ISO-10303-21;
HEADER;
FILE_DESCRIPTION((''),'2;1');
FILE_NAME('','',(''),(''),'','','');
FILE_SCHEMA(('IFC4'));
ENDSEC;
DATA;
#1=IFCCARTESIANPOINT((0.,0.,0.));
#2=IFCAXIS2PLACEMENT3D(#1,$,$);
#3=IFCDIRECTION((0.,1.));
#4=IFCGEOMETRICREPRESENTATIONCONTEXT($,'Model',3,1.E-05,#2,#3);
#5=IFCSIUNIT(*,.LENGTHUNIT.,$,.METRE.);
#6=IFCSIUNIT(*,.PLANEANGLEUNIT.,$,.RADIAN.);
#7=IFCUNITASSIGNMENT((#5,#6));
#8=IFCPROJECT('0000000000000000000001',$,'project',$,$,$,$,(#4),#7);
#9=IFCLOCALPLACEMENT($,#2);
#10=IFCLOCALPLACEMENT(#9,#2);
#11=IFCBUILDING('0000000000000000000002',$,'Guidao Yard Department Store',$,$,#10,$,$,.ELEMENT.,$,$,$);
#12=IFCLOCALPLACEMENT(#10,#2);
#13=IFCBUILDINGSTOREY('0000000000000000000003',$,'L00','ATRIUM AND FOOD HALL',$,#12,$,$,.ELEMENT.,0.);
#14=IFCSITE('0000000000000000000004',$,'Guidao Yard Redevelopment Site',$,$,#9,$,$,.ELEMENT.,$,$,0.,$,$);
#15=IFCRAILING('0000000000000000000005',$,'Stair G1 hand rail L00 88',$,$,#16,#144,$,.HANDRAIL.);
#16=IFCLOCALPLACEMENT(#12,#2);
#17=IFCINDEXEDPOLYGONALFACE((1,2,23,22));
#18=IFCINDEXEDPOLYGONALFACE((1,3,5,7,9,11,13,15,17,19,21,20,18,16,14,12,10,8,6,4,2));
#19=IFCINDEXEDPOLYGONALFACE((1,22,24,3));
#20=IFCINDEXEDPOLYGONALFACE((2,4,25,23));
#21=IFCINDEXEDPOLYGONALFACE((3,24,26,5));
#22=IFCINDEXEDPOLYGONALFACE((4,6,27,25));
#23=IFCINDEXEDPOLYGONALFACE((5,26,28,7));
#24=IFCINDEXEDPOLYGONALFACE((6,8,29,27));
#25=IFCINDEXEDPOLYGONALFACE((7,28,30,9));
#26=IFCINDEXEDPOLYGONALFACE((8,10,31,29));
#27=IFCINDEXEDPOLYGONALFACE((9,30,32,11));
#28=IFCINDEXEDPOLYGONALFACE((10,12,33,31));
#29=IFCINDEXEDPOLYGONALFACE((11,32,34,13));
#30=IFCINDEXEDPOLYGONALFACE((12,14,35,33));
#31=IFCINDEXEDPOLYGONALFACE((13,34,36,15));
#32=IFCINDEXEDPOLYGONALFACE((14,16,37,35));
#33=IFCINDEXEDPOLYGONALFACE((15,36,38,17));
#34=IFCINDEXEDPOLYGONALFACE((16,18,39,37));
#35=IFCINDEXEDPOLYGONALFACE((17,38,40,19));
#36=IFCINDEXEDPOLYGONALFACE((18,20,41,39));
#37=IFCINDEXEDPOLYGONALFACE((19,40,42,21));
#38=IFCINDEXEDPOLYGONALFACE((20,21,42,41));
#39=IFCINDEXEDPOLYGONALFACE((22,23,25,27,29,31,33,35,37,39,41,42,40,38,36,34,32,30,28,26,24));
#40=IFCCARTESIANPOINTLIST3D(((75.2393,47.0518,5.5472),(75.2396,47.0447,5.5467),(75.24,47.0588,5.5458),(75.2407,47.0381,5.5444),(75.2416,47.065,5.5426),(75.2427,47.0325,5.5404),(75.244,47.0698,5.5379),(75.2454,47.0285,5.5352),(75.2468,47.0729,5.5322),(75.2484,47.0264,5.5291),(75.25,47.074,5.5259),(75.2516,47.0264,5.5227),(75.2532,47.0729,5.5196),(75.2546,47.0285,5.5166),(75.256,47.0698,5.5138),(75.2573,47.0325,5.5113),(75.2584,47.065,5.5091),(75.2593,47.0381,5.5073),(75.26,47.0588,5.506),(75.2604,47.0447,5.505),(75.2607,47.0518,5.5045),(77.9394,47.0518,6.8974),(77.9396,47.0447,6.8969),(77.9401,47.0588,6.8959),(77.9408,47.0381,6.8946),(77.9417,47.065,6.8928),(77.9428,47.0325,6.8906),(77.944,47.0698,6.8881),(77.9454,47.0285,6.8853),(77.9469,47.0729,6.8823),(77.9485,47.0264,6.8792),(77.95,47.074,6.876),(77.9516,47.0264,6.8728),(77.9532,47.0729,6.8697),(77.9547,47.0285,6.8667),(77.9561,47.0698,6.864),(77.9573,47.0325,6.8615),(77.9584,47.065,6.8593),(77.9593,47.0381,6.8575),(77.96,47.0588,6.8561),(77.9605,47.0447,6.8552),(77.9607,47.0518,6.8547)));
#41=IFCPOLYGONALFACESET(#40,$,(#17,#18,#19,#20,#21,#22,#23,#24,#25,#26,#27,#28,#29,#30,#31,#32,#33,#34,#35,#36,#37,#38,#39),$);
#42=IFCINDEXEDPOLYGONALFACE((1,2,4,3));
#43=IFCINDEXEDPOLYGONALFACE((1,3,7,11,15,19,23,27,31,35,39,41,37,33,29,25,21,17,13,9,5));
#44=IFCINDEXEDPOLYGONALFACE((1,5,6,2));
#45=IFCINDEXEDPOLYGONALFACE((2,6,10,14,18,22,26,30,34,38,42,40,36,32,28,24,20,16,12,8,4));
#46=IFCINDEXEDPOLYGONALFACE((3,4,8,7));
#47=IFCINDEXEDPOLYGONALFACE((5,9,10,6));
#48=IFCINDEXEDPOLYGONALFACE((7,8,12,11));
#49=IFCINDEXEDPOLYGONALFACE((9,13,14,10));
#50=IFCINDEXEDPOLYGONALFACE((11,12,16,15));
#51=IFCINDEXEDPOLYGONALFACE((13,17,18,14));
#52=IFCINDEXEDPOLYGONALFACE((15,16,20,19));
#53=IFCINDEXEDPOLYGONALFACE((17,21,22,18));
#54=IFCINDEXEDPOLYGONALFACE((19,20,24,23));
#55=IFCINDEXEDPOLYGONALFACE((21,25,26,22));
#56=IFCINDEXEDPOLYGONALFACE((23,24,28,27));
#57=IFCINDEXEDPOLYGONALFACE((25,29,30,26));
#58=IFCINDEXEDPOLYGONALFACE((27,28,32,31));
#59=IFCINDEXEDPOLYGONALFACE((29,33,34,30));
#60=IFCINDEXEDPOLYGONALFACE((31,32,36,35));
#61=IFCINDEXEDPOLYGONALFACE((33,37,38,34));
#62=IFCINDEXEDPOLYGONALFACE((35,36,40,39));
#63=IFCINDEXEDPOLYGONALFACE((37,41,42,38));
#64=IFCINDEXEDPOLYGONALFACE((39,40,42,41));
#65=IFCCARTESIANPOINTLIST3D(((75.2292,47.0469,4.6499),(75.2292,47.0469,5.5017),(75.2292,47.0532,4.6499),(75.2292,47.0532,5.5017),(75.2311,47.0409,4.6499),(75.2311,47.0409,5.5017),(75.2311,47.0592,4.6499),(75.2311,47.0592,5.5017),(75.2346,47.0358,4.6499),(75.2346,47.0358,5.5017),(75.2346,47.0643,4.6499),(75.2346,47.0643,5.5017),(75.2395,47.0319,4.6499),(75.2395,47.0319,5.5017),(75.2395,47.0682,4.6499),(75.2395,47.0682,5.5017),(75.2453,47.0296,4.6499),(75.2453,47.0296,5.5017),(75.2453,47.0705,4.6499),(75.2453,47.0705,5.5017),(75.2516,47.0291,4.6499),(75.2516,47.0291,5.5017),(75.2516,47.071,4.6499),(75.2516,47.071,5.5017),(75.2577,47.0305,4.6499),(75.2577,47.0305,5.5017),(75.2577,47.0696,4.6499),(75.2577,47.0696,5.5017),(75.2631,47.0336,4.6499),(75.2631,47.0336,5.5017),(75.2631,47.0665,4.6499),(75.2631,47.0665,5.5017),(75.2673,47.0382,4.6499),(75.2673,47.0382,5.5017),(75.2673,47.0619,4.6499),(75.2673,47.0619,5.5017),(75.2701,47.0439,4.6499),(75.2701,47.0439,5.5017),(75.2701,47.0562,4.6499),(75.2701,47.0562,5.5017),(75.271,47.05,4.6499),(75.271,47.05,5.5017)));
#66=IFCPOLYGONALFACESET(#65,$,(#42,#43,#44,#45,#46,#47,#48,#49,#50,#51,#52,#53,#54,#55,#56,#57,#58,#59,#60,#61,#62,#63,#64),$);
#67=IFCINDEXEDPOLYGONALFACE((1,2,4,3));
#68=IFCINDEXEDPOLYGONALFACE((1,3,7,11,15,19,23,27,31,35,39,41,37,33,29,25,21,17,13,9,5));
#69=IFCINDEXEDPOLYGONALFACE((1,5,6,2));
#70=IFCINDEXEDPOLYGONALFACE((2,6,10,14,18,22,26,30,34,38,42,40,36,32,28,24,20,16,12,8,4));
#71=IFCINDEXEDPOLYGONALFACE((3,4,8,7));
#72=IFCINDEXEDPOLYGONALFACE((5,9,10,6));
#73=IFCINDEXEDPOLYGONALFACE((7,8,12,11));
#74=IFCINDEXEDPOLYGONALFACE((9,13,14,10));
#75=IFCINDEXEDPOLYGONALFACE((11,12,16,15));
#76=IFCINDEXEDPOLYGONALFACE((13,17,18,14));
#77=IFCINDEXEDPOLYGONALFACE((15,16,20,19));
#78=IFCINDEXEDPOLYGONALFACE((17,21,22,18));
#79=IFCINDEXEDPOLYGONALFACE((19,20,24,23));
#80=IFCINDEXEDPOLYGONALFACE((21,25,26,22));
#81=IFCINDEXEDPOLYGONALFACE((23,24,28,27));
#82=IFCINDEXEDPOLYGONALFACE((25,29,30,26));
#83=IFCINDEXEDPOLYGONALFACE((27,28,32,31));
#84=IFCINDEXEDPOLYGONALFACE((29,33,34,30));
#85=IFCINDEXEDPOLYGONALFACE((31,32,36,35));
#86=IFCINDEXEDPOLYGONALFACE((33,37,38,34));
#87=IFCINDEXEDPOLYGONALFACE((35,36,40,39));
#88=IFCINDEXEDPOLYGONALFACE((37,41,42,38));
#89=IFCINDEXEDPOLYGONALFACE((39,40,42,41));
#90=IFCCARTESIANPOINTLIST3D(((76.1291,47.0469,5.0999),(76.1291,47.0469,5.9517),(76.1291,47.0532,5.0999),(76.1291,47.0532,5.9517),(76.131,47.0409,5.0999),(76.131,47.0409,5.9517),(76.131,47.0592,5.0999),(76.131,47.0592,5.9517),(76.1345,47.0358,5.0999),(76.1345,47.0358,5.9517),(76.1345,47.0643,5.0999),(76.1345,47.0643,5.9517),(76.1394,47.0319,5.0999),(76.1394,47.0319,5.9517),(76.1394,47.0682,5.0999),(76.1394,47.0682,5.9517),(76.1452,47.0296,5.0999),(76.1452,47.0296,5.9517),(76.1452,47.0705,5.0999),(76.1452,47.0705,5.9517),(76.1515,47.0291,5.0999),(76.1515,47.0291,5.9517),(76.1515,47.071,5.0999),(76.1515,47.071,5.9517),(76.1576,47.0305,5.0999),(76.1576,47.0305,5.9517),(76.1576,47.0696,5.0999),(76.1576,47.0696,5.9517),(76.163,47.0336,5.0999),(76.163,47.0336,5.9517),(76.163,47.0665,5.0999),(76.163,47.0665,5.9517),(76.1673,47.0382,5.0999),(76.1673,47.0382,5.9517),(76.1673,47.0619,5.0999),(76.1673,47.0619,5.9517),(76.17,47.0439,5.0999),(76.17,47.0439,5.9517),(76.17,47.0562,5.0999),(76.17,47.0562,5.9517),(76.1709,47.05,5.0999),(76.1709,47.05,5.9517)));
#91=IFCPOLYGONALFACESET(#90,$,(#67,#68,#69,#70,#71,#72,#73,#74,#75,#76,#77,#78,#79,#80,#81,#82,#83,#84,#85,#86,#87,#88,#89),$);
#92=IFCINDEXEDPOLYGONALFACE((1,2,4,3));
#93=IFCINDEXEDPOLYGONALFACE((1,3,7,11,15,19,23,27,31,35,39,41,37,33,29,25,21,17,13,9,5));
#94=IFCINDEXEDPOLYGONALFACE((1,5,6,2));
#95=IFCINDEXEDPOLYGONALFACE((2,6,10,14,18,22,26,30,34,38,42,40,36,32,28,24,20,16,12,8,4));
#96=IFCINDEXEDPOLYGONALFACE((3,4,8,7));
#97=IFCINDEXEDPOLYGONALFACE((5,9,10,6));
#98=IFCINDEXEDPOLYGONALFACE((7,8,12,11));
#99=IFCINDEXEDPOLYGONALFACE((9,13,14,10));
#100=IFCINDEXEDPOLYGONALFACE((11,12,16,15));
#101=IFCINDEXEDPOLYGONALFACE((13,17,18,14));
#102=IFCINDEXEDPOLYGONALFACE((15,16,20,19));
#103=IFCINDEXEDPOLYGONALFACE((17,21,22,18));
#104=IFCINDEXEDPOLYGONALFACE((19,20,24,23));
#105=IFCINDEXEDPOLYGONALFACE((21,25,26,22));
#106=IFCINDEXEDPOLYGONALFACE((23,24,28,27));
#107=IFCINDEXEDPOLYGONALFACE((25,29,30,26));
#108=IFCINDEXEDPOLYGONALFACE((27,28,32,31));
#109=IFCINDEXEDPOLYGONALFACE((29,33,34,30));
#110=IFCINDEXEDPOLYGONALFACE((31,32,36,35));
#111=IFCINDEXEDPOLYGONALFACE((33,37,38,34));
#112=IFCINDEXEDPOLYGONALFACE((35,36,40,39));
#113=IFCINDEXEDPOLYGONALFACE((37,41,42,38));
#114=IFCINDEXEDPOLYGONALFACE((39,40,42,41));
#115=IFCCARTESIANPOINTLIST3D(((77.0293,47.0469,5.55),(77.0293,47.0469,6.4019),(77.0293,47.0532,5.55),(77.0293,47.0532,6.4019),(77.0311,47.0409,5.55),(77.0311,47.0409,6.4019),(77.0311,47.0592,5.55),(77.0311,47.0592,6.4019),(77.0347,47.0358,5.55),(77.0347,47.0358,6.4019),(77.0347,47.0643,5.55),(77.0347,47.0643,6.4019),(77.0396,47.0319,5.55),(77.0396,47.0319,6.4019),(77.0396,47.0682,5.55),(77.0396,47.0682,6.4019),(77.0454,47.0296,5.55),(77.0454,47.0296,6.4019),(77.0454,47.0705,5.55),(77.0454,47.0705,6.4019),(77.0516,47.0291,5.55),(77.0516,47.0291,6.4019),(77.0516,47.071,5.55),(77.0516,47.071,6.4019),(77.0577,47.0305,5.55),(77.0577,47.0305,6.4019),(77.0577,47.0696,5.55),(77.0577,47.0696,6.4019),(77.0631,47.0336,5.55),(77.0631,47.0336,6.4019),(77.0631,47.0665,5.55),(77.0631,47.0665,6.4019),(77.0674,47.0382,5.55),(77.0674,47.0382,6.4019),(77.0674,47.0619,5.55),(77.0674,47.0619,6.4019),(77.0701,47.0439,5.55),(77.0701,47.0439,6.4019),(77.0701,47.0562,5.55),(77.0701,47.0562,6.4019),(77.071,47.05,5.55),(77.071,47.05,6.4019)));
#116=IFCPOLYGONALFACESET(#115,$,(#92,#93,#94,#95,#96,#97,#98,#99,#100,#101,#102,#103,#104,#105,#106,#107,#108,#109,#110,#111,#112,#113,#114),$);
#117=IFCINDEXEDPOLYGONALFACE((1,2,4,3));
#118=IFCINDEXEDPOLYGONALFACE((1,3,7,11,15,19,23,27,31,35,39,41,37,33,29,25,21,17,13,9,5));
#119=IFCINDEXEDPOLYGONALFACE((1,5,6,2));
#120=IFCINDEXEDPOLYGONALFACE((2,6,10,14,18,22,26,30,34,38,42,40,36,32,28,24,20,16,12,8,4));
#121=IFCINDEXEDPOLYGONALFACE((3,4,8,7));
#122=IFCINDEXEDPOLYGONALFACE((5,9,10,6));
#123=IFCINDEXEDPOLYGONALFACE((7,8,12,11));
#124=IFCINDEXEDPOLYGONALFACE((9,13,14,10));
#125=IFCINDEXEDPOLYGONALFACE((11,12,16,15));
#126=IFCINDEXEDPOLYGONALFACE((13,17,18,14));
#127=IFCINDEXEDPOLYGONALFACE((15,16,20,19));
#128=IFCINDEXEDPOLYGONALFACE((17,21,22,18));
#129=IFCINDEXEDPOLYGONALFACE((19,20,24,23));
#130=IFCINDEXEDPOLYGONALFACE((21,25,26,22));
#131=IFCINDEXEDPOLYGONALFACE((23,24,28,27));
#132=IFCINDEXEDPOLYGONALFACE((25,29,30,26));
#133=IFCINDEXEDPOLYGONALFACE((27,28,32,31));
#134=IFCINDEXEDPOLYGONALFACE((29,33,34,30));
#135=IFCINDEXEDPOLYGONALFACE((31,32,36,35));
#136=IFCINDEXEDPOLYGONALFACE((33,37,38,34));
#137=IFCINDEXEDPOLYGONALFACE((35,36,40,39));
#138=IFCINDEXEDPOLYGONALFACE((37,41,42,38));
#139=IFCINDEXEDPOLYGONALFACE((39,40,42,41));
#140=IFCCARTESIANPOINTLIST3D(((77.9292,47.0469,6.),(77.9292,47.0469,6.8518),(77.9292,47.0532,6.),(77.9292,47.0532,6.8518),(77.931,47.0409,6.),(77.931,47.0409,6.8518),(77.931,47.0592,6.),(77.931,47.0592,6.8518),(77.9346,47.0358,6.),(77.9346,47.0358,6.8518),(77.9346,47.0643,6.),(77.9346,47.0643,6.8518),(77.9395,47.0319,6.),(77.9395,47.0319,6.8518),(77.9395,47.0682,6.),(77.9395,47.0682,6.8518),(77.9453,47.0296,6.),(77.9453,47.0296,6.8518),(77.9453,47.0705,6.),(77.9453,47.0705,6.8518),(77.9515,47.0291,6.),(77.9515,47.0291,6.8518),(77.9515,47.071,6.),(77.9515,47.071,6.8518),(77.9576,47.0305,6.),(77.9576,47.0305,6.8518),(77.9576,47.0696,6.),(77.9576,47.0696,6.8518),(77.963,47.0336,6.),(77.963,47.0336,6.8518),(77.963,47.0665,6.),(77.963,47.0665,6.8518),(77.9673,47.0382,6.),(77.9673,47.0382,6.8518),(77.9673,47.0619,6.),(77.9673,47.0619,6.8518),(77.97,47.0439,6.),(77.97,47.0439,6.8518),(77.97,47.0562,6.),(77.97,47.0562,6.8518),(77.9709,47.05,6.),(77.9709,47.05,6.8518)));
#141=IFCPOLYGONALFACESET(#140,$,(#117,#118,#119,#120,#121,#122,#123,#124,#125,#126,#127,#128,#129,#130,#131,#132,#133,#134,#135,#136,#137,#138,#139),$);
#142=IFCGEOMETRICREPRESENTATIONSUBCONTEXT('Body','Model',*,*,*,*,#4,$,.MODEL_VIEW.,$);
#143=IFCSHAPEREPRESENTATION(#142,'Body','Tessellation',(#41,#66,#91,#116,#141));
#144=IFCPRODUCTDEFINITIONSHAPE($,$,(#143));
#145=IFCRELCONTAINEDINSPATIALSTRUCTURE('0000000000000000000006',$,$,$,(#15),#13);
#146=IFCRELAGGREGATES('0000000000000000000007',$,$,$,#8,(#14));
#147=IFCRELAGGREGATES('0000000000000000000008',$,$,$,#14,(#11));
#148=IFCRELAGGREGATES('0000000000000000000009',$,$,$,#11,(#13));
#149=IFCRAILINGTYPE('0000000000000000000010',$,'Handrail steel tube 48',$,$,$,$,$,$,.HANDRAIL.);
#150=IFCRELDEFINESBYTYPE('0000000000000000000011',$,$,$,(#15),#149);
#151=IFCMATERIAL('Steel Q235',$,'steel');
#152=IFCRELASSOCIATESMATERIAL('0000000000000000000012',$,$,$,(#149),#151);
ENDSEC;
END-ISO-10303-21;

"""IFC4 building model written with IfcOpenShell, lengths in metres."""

from ifc_helpers import new_model, si_unit, direction, frame, origin, origin_2d, place, context, subcontext, project, spatial, circle, extrude, material, type_object, element, save


model = new_model("IFC4")

# Units and contexts
model_context = context("Model", 3, precision=1e-05, world=origin(), true_north=direction((0.0, 1.0)))
body_context = subcontext(model_context, "Body", "Model", "MODEL_VIEW")
ifc_project = project(units=[si_unit("LENGTHUNIT", "METRE"), si_unit("PLANEANGLEUNIT", "RADIAN")], contexts=[model_context])

# Site, building, storey
site_placement = place(None, origin())
site = spatial("IfcSite", under=ifc_project, at=site_placement, Name="Guidao Yard Redevelopment Site", CompositionType="ELEMENT", RefElevation=0.0)
building_placement = place(site_placement, origin())
building = spatial("IfcBuilding", under=site, at=building_placement, Name="Guidao Yard Department Store", CompositionType="ELEMENT")
storey_placement = place(building_placement, origin())
storey = spatial("IfcBuildingStorey", under=building, at=storey_placement, Name="L00", Description="ATRIUM AND FOOD HALL", CompositionType="ELEMENT", Elevation=0.0)

# Railing
ifc_material_1 = material(Name="Steel Q235", Category="steel")
railing_type = type_object("IfcRailingType", Name="Handrail steel tube 48", PredefinedType="HANDRAIL", material=ifc_material_1)
for number, where, name in (
    (1, (75.25, 47.05, 4.6499), "Stair G1 hand rail L00 88"),
):
    element("IfcRailing", number, at=place(storey_placement, frame(where)), inside=storey, type_object=railing_type, Name=name, PredefinedType="HANDRAIL", context=body_context, shape_type="SweptSolid", body=[
        extrude(circle(Radius=0.0239, at=origin_2d()), frame((0.0, 0.0, 0.876), z_axis=(0.894411, 0.0, 0.447246), x_axis=(0.0, 1.0, 0.0)), (0.0, 0.0, 1.0), 3.0188),
        extrude(circle(Radius=0.021, at=origin_2d()), origin(), (0.0, 0.0, 1.0), 0.8518),
        extrude(circle(Radius=0.021, at=origin_2d()), frame((0.8999, 0.0, 0.45)), (0.0, 0.0, 1.0), 0.8518),
        extrude(circle(Radius=0.021, at=origin_2d()), frame((1.8, 0.0, 0.9001)), (0.0, 0.0, 1.0), 0.8518),
        extrude(circle(Radius=0.021, at=origin_2d()), frame((2.7, 0.0, 1.3501)), (0.0, 0.0, 1.0), 0.8518),
    ])

save(model, "model.ifc")
